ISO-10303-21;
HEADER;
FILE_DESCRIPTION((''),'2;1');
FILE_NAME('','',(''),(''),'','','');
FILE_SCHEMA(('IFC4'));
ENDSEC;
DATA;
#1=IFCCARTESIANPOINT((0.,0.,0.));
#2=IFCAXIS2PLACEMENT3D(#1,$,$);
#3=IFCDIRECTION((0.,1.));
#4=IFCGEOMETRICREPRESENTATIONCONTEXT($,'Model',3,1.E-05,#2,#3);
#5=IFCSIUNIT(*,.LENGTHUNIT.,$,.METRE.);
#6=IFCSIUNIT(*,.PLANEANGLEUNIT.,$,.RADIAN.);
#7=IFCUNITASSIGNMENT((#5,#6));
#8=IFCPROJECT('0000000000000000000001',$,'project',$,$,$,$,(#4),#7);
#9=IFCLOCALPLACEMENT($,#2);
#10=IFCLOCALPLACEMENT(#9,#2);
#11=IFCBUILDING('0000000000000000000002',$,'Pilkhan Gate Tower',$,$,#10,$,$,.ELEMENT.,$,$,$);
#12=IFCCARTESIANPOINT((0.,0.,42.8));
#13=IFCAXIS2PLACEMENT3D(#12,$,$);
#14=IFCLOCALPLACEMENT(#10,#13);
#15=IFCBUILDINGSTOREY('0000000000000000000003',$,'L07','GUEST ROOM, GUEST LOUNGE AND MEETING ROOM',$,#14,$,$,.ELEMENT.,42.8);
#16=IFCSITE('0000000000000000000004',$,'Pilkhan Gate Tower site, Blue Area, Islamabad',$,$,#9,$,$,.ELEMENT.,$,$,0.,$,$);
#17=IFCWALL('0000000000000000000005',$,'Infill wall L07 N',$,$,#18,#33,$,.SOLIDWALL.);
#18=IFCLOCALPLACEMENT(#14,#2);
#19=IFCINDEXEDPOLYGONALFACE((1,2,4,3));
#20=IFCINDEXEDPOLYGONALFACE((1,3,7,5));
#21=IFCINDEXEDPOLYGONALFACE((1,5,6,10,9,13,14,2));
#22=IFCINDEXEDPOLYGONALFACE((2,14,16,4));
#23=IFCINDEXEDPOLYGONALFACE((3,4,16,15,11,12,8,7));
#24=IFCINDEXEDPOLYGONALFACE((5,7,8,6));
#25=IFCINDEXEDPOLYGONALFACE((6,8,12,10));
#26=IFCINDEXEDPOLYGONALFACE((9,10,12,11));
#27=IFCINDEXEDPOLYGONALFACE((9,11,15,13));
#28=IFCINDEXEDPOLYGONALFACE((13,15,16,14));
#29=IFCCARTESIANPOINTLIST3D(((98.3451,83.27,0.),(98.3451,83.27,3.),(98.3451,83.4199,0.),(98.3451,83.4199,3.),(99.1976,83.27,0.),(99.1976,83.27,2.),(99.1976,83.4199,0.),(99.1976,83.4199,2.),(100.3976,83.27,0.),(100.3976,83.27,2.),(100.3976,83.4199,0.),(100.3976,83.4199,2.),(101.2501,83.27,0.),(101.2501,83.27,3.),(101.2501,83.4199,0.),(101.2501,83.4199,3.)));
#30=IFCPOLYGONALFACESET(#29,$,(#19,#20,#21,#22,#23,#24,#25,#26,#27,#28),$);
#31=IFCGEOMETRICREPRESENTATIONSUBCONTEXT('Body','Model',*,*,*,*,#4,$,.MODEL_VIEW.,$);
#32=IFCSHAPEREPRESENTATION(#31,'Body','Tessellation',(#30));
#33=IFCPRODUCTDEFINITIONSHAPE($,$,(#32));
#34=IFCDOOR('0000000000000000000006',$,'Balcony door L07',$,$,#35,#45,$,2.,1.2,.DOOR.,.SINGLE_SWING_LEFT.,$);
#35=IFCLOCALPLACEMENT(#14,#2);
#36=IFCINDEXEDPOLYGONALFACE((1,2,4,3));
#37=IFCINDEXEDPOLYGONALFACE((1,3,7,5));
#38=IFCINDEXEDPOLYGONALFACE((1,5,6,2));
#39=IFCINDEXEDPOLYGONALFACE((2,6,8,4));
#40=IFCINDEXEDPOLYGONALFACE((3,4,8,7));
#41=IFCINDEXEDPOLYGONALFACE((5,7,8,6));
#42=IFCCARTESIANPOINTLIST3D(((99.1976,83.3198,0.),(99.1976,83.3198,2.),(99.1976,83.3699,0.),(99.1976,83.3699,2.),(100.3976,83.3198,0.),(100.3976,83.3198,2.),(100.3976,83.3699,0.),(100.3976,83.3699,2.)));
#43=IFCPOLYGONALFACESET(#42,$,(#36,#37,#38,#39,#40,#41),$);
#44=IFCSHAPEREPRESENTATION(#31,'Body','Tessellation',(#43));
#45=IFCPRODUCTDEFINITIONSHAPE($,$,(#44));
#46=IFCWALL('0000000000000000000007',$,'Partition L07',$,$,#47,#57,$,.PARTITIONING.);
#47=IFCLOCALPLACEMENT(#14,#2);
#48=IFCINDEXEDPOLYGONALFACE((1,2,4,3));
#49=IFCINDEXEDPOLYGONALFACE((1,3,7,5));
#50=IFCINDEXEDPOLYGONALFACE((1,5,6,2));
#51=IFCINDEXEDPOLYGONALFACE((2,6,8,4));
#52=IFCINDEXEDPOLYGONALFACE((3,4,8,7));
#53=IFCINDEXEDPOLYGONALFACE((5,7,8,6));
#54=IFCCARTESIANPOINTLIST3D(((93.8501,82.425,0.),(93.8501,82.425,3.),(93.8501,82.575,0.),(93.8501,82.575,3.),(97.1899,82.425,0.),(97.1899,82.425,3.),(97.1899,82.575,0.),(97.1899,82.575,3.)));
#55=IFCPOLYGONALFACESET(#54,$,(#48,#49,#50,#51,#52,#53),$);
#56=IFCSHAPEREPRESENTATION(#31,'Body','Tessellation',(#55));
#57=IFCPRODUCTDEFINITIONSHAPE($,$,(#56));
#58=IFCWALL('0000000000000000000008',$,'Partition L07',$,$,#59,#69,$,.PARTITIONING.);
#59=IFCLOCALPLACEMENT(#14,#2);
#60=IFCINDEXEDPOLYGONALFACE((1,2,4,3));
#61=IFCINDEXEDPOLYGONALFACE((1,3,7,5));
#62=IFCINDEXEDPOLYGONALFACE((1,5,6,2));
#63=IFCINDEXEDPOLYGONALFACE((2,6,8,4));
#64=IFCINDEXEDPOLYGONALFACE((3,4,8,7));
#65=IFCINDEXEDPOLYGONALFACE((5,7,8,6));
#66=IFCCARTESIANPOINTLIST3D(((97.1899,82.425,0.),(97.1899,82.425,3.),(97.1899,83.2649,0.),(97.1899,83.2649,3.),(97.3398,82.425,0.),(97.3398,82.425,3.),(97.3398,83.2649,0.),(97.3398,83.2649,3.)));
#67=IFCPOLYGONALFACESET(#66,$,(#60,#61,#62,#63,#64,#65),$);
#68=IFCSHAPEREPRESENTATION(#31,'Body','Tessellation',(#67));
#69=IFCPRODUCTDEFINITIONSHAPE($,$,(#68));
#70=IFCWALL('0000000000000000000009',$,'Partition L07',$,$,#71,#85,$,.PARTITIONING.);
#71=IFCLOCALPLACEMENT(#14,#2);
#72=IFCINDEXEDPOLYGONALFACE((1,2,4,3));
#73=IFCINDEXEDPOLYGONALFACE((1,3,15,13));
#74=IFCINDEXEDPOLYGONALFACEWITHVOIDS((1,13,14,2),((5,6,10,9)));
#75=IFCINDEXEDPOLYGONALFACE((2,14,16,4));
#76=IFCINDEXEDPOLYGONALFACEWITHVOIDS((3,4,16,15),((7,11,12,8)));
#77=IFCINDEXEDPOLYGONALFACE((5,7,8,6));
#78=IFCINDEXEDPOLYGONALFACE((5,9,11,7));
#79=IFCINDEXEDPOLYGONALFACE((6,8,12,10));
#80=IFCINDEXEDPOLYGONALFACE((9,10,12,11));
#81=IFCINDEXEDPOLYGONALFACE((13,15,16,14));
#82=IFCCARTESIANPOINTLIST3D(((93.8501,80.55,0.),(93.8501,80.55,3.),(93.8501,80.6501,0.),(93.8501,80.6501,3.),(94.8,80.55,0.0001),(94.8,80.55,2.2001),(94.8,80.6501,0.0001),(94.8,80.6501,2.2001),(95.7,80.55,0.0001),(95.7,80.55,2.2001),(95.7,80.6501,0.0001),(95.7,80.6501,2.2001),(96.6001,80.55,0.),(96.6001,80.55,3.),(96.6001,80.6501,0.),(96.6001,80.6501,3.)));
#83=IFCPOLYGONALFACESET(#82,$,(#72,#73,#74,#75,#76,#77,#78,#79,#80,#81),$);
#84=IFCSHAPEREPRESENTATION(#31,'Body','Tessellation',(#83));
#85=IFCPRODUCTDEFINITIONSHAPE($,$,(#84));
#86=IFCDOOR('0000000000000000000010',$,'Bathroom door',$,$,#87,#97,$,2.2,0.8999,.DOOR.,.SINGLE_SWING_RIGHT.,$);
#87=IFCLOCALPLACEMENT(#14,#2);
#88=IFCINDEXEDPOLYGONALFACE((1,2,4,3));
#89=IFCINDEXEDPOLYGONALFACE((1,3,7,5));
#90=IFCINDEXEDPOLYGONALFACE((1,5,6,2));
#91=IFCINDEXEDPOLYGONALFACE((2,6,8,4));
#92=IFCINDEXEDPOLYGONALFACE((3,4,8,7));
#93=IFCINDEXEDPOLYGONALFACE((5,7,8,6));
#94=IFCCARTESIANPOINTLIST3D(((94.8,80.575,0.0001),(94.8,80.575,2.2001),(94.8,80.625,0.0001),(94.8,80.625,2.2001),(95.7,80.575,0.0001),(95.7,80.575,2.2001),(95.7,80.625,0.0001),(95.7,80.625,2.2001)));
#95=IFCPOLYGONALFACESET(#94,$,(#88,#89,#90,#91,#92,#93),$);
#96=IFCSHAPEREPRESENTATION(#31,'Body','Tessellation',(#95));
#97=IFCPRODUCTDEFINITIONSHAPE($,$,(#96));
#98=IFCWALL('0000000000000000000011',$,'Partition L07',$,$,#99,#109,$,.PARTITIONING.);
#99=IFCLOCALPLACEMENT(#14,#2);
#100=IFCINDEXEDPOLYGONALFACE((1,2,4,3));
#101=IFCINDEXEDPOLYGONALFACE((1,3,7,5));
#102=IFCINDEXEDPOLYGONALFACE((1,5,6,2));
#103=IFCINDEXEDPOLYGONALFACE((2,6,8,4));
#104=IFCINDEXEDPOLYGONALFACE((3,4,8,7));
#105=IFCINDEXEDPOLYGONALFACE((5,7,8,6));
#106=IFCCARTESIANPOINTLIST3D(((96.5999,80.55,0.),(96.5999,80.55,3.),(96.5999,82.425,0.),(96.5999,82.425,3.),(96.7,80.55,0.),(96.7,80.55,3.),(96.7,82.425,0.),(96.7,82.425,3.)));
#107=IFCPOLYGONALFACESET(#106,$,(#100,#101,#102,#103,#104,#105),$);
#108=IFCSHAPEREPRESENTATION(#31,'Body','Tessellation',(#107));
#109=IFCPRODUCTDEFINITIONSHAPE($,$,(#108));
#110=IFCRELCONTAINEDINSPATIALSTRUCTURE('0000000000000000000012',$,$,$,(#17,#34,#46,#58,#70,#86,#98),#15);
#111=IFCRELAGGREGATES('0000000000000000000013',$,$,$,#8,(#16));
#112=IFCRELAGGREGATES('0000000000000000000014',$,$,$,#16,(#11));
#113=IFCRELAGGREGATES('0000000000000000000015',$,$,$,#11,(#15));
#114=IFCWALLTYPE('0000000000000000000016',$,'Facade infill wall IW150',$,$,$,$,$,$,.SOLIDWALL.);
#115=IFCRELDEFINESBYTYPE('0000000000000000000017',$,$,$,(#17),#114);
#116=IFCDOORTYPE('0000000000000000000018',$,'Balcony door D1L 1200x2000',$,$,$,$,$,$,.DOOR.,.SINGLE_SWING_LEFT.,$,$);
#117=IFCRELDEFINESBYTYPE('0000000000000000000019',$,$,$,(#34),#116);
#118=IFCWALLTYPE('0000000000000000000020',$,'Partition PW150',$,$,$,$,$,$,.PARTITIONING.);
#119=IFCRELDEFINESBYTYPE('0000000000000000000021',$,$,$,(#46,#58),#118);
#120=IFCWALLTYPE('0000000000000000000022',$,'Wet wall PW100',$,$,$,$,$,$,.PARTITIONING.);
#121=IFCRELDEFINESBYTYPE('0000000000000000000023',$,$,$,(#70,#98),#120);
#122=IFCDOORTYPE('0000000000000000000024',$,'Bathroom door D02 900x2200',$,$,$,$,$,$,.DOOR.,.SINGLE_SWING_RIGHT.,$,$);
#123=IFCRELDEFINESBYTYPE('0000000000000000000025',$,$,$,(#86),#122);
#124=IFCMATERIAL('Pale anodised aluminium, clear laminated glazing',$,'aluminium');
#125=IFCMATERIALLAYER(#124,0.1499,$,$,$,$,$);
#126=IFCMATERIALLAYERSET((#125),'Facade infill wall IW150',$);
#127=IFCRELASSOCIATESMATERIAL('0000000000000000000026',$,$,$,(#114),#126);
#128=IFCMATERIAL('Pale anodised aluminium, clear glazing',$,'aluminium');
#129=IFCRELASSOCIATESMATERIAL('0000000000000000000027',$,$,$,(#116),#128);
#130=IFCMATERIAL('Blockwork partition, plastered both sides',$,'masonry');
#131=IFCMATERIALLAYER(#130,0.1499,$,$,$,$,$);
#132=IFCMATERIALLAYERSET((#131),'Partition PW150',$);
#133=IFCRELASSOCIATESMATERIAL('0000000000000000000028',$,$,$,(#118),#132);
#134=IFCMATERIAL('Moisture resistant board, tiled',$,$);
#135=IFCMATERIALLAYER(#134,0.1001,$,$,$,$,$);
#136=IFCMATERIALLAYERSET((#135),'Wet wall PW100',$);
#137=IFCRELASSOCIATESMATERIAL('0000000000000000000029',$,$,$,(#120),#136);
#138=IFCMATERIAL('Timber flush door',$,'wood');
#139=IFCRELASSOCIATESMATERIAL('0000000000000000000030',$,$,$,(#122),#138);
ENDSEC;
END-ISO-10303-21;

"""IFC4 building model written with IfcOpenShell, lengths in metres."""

from ifc_helpers import new_model, si_unit, direction, frame, frame_2d, origin, place, context, subcontext, project, spatial, rectangle, extrude, material, layer, layer_set, type_object, element, fill, save


model = new_model("IFC4")

# Units and contexts
model_context = context("Model", 3, precision=1e-05, world=origin(), true_north=direction((0.0, 1.0)))
body_context = subcontext(model_context, "Body", "Model", "MODEL_VIEW")
ifc_project = project(units=[si_unit("LENGTHUNIT", "METRE"), si_unit("PLANEANGLEUNIT", "RADIAN")], contexts=[model_context])

# Site, building, storey
site_placement = place(None, origin())
site = spatial("IfcSite", under=ifc_project, at=site_placement, Name="Pilkhan Gate Tower site, Blue Area, Islamabad", CompositionType="ELEMENT", RefElevation=0.0)
building_placement = place(site_placement, origin())
building = spatial("IfcBuilding", under=site, at=building_placement, Name="Pilkhan Gate Tower", CompositionType="ELEMENT")
storey_placement = place(building_placement, frame((0.0, 0.0, 42.8)))
storey = spatial("IfcBuildingStorey", under=building, at=storey_placement, Name="L07", Description="GUEST ROOM, GUEST LOUNGE AND MEETING ROOM", CompositionType="ELEMENT", Elevation=42.8)

# Wall, opening, door
ifc_material_1 = material(Name="Pale anodised aluminium, clear laminated glazing", Category="aluminium")
ifc_layer_1 = layer(ifc_material_1, 0.1499)
ifc_layer_set_1 = layer_set([ifc_layer_1], Name="Facade infill wall IW150")
wall_type_1 = type_object("IfcWallType", Name="Facade infill wall IW150", PredefinedType="SOLIDWALL", material=ifc_layer_set_1)
wall_1_placement = place(storey_placement, frame((98.345, 83.345, 0.0), z_axis=(0.0, 0.0, 1.0), x_axis=(1.0, 0.0, 0.0)))
wall_1 = element("IfcWall", 1, at=wall_1_placement, inside=storey, type_object=wall_type_1, Name="Infill wall L07 N", PredefinedType="SOLIDWALL", context=body_context, shape_type="SweptSolid", body=[
    extrude(rectangle(XDim=2.905, YDim=0.1499, at=frame_2d((1.4526, 0.0))), origin(), (0.0, 0.0, 1.0), 3.0),
])
opening_1_placement = place(wall_1_placement, frame((0.8525, 0.0, 0.0)))
opening_1 = element("IfcOpeningElement", 2, at=opening_1_placement, cuts=wall_1, PredefinedType="OPENING", context=body_context, shape_type="SweptSolid", body=[
    extrude(rectangle(XDim=1.2, YDim=2.0, at=frame_2d((0.6001, 1.0))), frame((0.0, 0.085, 0.0), z_axis=(0.0, -1.0, 0.0), x_axis=(1.0, 0.0, 0.0)), (0.0, 0.0, 1.0), 0.1699),
])
ifc_material_2 = material(Name="Pale anodised aluminium, clear glazing", Category="aluminium")
door_type_1 = type_object("IfcDoorType", Name="Balcony door D1L 1200x2000", OperationType="SINGLE_SWING_LEFT", PredefinedType="DOOR", material=ifc_material_2)
door_1_placement = place(opening_1_placement, origin())
door_1 = element("IfcDoor", 3, at=door_1_placement, inside=storey, type_object=door_type_1, Name="Balcony door L07", OperationType="SINGLE_SWING_LEFT", OverallHeight=2.0, OverallWidth=1.2, PredefinedType="DOOR", context=body_context, shape_type="SweptSolid", body=[
    extrude(rectangle(XDim=1.2, YDim=2.0, at=frame_2d((0.6001, 1.0))), frame((0.0, 0.0249, 0.0), z_axis=(0.0, -1.0, 0.0), x_axis=(1.0, 0.0, 0.0)), (0.0, 0.0, 1.0), 0.05),
])
fill(opening_1, door_1)

# Walls
ifc_material_3 = material(Name="Blockwork partition, plastered both sides", Category="masonry")
ifc_layer_2 = layer(ifc_material_3, 0.1499)
ifc_layer_set_2 = layer_set([ifc_layer_2], Name="Partition PW150")
wall_type_2 = type_object("IfcWallType", Name="Partition PW150", PredefinedType="PARTITIONING", material=ifc_layer_set_2)
wall_2_placement = place(storey_placement, frame((93.8501, 82.5, 0.0), z_axis=(0.0, 0.0, 1.0), x_axis=(1.0, 0.0, 0.0)))
element("IfcWall", 4, at=wall_2_placement, inside=storey, type_object=wall_type_2, Name="Partition L07", PredefinedType="PARTITIONING", context=body_context, shape_type="SweptSolid", body=[
    extrude(rectangle(XDim=3.3398, YDim=0.1499, at=frame_2d((1.6699, 0.0))), origin(), (0.0, 0.0, 1.0), 3.0),
])
wall_3_placement = place(storey_placement, frame((97.2649, 82.425, 0.0), z_axis=(0.0, 0.0, 1.0), x_axis=(0.0, 1.0, 0.0)))
element("IfcWall", 5, at=wall_3_placement, inside=storey, type_object=wall_type_2, Name="Partition L07", PredefinedType="PARTITIONING", context=body_context, shape_type="SweptSolid", body=[
    extrude(rectangle(XDim=0.8398, YDim=0.1499, at=frame_2d((0.4199, 0.0))), origin(), (0.0, 0.0, 1.0), 3.0),
])

# Wall, opening, door
ifc_material_4 = material(Name="Moisture resistant board, tiled")
ifc_layer_3 = layer(ifc_material_4, 0.1001)
ifc_layer_set_3 = layer_set([ifc_layer_3], Name="Wet wall PW100")
wall_type_3 = type_object("IfcWallType", Name="Wet wall PW100", PredefinedType="PARTITIONING", material=ifc_layer_set_3)
wall_4_placement = place(storey_placement, frame((93.8501, 80.6001, 0.0), z_axis=(0.0, 0.0, 1.0), x_axis=(1.0, 0.0, 0.0)))
wall_4 = element("IfcWall", 6, at=wall_4_placement, inside=storey, type_object=wall_type_3, Name="Partition L07", PredefinedType="PARTITIONING", context=body_context, shape_type="SweptSolid", body=[
    extrude(rectangle(XDim=2.75, YDim=0.1001, at=frame_2d((1.375, 0.0))), origin(), (0.0, 0.0, 1.0), 3.0),
])
opening_2_placement = place(wall_4_placement, frame((0.95, 0.0, 0.0)))
opening_2 = element("IfcOpeningElement", 7, at=opening_2_placement, cuts=wall_4, PredefinedType="OPENING", context=body_context, shape_type="SweptSolid", body=[
    extrude(rectangle(XDim=0.8999, YDim=2.2, at=frame_2d((0.45, 1.1001))), frame((0.0, 0.0601, 0.0), z_axis=(0.0, -1.0, 0.0), x_axis=(1.0, 0.0, 0.0)), (0.0, 0.0, 1.0), 0.1201),
])
ifc_material_5 = material(Name="Timber flush door", Category="wood")
door_type_2 = type_object("IfcDoorType", Name="Bathroom door D02 900x2200", OperationType="SINGLE_SWING_RIGHT", PredefinedType="DOOR", material=ifc_material_5)
door_2_placement = place(opening_2_placement, origin())
door_2 = element("IfcDoor", 8, at=door_2_placement, inside=storey, type_object=door_type_2, Name="Bathroom door", OperationType="SINGLE_SWING_RIGHT", OverallHeight=2.2, OverallWidth=0.8999, PredefinedType="DOOR", context=body_context, shape_type="SweptSolid", body=[
    extrude(rectangle(XDim=0.8999, YDim=2.2, at=frame_2d((0.45, 1.1001))), frame((0.0, 0.0249, 0.0), z_axis=(0.0, -1.0, 0.0), x_axis=(1.0, 0.0, 0.0)), (0.0, 0.0, 1.0), 0.05),
])
fill(opening_2, door_2)

# Wall
wall_5_placement = place(storey_placement, frame((96.6499, 80.55, 0.0), z_axis=(0.0, 0.0, 1.0), x_axis=(0.0, 1.0, 0.0)))
element("IfcWall", 9, at=wall_5_placement, inside=storey, type_object=wall_type_3, Name="Partition L07", PredefinedType="PARTITIONING", context=body_context, shape_type="SweptSolid", body=[
    extrude(rectangle(XDim=1.875, YDim=0.1001, at=frame_2d((0.9375, 0.0))), origin(), (0.0, 0.0, 1.0), 3.0),
])

save(model, "model.ifc")
